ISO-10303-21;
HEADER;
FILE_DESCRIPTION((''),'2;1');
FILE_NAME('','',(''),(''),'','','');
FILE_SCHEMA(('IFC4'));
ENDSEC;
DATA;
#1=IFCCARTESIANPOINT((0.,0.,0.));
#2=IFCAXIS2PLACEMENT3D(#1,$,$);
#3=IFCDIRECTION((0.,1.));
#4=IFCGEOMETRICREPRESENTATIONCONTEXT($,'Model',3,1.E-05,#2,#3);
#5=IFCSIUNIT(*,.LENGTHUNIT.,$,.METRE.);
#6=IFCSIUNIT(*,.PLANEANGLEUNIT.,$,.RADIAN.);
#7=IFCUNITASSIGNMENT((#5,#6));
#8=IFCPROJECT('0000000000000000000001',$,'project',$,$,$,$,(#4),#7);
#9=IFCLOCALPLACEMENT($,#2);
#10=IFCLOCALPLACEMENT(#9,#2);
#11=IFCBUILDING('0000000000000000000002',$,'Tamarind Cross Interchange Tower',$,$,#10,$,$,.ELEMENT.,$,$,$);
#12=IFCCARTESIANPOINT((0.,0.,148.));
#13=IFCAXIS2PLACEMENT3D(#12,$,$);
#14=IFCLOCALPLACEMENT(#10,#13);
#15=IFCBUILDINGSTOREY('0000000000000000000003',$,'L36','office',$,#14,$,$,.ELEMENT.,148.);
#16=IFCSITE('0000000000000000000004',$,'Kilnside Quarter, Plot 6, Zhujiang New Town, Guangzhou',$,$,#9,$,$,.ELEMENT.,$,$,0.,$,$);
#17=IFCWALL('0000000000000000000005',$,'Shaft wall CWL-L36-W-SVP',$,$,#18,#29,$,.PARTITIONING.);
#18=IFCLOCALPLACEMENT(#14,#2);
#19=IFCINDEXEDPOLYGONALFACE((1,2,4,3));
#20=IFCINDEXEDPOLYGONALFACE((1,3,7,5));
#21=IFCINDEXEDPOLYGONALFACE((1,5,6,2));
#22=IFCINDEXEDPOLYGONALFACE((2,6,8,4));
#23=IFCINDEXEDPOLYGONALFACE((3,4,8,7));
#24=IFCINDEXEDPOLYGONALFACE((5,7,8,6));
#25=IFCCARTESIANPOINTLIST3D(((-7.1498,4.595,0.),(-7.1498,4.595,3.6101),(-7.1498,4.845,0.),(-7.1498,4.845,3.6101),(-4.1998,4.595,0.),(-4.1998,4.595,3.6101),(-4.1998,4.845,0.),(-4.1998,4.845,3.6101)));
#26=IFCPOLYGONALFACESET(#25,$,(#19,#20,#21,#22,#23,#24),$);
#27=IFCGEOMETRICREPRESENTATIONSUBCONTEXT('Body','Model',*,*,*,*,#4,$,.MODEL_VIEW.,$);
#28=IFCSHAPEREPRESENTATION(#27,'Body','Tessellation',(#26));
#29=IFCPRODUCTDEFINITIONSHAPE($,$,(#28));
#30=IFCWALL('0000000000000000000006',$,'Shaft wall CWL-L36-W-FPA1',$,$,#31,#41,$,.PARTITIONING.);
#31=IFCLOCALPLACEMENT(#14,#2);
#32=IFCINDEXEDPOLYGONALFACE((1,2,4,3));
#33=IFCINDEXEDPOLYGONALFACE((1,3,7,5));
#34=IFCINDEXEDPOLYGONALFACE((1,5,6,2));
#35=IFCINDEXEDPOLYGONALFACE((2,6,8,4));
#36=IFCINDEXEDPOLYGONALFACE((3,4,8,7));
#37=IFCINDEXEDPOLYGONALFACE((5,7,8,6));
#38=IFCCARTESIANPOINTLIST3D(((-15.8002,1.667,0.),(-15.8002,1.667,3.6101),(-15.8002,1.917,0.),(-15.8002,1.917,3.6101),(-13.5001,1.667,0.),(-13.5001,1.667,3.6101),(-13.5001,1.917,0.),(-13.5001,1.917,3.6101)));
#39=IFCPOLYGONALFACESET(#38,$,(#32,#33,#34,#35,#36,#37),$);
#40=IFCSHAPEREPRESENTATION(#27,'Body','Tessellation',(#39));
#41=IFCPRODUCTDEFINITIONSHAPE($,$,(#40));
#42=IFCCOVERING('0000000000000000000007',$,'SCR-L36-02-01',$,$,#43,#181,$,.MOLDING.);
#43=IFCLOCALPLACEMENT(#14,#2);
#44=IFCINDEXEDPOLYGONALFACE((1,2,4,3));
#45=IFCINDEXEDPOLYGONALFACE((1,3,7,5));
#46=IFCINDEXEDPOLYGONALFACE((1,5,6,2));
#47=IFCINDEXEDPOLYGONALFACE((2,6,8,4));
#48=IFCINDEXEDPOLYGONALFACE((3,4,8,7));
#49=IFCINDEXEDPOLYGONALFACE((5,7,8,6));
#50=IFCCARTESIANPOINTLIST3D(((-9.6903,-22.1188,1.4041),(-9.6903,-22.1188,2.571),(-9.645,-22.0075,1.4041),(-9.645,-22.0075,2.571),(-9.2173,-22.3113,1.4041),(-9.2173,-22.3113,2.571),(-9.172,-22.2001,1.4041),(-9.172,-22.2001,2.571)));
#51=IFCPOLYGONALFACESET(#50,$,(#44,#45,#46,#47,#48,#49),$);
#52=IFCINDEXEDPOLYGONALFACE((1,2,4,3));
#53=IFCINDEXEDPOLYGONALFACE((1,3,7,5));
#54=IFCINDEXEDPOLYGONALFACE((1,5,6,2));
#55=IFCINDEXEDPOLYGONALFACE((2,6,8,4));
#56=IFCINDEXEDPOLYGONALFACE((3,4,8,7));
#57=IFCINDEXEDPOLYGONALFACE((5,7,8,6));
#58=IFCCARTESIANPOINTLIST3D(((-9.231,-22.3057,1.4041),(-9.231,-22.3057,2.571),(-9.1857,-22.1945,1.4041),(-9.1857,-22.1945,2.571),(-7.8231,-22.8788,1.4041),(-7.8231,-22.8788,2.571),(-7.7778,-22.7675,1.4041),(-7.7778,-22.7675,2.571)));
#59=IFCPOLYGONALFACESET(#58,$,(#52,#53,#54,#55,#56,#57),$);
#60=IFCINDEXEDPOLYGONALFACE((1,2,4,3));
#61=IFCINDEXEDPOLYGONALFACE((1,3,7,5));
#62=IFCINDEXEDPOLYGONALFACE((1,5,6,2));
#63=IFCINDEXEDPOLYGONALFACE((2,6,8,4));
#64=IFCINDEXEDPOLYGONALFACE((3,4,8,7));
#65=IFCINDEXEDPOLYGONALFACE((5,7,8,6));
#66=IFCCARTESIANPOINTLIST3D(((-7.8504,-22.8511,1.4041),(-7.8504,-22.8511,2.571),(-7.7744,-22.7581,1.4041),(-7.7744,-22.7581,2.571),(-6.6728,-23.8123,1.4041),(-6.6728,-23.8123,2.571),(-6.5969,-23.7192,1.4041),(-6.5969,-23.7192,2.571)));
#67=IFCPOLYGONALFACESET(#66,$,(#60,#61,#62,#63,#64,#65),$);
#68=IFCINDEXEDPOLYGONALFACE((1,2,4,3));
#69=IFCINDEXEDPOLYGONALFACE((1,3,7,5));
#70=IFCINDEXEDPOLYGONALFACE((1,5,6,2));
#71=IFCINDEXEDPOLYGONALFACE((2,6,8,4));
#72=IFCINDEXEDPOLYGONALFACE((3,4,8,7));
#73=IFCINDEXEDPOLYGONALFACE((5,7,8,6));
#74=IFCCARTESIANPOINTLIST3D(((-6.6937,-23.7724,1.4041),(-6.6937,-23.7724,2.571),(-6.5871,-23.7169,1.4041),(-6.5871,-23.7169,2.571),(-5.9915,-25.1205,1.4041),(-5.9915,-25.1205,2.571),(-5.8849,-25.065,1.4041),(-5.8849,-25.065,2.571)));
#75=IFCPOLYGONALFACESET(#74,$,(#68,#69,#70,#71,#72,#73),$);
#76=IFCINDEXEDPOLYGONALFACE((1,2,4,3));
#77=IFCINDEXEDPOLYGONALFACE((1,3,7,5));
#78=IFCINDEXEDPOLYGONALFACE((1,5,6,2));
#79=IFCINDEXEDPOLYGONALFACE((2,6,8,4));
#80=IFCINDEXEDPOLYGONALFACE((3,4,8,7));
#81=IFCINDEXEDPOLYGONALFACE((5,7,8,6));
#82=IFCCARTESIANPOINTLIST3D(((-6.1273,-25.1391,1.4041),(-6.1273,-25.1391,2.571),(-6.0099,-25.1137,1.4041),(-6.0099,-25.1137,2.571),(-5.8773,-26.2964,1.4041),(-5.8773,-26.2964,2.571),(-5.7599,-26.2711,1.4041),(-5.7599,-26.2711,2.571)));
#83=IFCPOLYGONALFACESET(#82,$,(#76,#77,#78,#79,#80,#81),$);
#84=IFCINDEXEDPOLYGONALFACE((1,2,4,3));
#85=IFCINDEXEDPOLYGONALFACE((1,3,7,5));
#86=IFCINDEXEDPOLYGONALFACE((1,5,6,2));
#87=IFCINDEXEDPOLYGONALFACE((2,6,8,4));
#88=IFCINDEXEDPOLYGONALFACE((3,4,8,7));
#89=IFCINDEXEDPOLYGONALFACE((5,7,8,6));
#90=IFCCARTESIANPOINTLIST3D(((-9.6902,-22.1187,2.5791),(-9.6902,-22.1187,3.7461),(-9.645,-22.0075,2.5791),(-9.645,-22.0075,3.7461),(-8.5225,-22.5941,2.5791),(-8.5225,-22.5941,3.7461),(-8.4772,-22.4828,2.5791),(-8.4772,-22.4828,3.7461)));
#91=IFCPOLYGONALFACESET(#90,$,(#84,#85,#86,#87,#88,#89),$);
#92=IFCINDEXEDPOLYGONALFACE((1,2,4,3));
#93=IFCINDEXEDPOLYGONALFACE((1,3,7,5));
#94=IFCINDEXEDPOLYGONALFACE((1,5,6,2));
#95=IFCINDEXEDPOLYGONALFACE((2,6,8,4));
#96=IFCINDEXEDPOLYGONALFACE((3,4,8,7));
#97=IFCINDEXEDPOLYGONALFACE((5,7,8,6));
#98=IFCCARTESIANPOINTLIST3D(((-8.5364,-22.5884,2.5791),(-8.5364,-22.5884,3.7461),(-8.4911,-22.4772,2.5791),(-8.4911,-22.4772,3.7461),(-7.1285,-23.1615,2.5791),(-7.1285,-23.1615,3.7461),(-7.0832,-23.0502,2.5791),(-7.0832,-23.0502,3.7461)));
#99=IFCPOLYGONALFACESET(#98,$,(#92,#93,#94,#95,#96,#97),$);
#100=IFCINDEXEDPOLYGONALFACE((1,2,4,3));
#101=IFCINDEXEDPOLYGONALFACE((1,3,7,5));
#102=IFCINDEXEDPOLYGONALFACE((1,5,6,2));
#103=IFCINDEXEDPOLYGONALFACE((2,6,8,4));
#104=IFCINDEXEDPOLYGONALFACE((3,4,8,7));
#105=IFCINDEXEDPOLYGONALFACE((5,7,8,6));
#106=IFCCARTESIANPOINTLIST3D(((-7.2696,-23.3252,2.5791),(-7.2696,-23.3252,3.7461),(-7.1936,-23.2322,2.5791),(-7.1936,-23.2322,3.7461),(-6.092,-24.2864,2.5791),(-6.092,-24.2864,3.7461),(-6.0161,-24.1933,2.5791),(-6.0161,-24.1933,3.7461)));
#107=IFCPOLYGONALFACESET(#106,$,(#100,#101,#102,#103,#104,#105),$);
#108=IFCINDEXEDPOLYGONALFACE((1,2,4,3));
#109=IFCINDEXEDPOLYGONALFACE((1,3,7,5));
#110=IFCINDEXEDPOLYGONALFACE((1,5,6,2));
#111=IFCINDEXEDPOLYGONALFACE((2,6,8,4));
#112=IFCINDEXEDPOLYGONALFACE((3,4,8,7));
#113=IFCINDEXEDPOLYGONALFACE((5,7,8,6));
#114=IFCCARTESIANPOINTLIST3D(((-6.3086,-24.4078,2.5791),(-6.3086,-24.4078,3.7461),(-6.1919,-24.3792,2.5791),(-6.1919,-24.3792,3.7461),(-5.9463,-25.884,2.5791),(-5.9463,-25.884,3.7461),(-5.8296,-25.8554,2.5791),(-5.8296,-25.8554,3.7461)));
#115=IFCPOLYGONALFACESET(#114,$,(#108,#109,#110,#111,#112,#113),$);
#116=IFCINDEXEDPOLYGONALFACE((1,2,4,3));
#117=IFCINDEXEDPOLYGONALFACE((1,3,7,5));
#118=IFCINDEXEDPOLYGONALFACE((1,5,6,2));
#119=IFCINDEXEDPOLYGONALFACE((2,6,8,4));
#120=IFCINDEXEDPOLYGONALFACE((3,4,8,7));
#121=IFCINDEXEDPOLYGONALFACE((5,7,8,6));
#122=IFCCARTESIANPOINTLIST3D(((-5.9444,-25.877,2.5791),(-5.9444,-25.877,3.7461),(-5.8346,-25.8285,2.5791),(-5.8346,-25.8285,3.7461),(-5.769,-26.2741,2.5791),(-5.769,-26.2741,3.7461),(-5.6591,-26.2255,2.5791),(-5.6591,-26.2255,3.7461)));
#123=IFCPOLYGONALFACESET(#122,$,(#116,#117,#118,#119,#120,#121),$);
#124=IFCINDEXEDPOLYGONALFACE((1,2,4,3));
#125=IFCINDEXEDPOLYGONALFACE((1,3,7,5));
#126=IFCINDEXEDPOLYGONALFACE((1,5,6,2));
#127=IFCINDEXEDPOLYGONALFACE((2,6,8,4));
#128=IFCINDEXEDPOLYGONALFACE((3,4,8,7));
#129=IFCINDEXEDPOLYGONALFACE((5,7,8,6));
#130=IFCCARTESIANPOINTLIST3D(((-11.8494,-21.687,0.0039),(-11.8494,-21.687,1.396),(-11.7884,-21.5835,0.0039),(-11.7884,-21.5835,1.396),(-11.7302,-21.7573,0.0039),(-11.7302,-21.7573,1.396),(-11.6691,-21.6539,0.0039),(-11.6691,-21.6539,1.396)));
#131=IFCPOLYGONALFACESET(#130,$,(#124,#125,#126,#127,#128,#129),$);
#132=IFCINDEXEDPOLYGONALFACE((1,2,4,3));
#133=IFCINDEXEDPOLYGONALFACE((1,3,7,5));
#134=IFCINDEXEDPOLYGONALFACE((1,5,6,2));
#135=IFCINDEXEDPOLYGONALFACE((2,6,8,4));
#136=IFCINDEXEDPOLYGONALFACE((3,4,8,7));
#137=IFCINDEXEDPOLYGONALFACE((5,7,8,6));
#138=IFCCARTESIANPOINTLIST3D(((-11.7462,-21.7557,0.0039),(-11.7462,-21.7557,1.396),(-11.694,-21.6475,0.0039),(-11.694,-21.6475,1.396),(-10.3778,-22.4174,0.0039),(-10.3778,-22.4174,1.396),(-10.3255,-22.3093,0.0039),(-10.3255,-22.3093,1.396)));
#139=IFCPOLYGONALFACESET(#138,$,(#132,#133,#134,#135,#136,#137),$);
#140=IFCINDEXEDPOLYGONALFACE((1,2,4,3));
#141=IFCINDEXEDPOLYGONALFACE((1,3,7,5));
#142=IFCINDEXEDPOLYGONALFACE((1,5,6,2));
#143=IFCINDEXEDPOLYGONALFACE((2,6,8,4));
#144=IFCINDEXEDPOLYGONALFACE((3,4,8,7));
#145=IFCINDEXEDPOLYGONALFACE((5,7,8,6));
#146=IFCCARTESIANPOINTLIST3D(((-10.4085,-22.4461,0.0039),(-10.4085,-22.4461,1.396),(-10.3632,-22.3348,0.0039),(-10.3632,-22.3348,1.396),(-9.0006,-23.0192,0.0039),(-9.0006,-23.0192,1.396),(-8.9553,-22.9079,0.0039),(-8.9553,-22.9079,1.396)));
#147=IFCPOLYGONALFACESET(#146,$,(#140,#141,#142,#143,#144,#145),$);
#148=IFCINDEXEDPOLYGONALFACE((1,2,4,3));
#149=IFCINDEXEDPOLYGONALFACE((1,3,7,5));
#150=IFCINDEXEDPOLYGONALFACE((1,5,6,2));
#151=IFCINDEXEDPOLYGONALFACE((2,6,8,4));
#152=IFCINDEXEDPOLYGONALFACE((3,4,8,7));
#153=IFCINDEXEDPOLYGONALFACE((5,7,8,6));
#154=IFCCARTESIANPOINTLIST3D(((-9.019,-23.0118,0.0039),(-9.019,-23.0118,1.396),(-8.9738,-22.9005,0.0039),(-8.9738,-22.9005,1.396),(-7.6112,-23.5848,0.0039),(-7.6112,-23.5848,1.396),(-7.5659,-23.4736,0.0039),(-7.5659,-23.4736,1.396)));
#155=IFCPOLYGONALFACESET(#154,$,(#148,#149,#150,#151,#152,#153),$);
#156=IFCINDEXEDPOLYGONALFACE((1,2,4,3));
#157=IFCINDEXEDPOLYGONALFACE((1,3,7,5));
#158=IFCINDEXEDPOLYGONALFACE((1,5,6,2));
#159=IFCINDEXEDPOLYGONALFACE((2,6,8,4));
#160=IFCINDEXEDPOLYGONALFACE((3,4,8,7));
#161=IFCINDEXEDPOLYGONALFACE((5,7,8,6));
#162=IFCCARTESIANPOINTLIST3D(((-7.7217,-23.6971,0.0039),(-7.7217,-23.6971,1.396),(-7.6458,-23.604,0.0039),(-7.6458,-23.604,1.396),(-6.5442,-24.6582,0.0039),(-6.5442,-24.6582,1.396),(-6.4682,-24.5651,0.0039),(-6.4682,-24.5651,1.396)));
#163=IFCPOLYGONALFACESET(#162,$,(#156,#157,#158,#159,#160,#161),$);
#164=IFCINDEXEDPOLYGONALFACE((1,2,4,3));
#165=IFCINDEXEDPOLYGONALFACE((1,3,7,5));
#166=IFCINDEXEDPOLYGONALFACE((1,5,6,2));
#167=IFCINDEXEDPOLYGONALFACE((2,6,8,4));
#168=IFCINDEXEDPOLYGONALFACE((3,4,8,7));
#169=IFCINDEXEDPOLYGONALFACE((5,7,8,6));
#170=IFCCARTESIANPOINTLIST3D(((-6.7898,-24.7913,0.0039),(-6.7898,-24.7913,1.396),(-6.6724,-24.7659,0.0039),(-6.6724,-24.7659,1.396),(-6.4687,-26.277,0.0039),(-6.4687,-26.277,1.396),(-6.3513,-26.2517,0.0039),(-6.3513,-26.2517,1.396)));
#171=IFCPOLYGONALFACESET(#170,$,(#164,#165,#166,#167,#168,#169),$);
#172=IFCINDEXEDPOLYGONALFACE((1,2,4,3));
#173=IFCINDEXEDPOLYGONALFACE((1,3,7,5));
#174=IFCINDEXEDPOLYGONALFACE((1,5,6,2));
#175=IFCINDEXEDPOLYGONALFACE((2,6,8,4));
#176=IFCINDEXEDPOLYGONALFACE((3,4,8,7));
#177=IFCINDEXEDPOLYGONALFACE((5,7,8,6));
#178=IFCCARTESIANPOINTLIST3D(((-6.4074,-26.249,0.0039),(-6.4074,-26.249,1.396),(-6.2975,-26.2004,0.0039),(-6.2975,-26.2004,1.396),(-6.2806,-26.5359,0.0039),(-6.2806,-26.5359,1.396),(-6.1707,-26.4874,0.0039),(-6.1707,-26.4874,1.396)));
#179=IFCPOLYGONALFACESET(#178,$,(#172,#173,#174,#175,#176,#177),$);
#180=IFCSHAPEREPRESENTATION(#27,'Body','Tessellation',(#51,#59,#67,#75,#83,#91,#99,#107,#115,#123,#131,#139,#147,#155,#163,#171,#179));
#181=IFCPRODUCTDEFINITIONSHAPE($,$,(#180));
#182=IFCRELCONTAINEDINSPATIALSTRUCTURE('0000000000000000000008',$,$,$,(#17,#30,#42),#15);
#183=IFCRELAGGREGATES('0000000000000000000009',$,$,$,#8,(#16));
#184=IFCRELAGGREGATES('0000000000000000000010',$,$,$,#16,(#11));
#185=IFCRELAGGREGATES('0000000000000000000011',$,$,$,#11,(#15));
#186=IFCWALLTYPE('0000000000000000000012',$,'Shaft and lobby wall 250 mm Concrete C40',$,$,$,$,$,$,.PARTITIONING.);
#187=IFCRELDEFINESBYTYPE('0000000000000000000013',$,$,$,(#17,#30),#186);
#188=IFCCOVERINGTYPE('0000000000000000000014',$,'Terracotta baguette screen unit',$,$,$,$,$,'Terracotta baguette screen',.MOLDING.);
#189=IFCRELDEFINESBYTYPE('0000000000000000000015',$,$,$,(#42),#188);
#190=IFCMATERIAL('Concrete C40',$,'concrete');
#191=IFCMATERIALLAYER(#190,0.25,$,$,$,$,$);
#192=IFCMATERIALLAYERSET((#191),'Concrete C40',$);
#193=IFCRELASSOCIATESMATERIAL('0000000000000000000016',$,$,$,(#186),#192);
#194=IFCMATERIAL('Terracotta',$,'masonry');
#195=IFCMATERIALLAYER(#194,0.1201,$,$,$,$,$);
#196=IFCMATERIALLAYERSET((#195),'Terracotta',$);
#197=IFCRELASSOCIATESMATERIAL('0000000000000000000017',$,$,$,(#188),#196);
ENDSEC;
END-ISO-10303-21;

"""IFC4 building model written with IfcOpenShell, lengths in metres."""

from ifc_helpers import new_model, si_unit, direction, frame, frame_2d, origin, origin_2d, place, context, subcontext, project, spatial, rectangle, extrude, material, layer, layer_set, type_object, element, save


model = new_model("IFC4")

# Units and contexts
model_context = context("Model", 3, precision=1e-05, world=origin(), true_north=direction((0.0, 1.0)))
body_context = subcontext(model_context, "Body", "Model", "MODEL_VIEW")
ifc_project = project(units=[si_unit("LENGTHUNIT", "METRE"), si_unit("PLANEANGLEUNIT", "RADIAN")], contexts=[model_context])

# Site, building, storey
site_placement = place(None, origin())
site = spatial("IfcSite", under=ifc_project, at=site_placement, Name="Kilnside Quarter, Plot 6, Zhujiang New Town, Guangzhou", CompositionType="ELEMENT", RefElevation=0.0)
building_placement = place(site_placement, origin())
building = spatial("IfcBuilding", under=site, at=building_placement, Name="Tamarind Cross Interchange Tower", CompositionType="ELEMENT")
storey_placement = place(building_placement, frame((0.0, 0.0, 148.0)))
storey = spatial("IfcBuildingStorey", under=building, at=storey_placement, Name="L36", Description="office", CompositionType="ELEMENT", Elevation=148.0)

# Walls
ifc_material_1 = material(Name="Concrete C40", Category="concrete")
ifc_layer_1 = layer(ifc_material_1, 0.25)
ifc_layer_set_1 = layer_set([ifc_layer_1], Name="Concrete C40")
wall_type_1 = type_object("IfcWallType", Name="Shaft and lobby wall 250 mm Concrete C40", PredefinedType="PARTITIONING", material=ifc_layer_set_1)
wall_1_placement = place(storey_placement, frame((-7.1499, 4.72, 0.0), z_axis=(0.0, 0.0, 1.0), x_axis=(1.0, 0.0, 0.0)))
element("IfcWall", 1, at=wall_1_placement, inside=storey, type_object=wall_type_1, Name="Shaft wall CWL-L36-W-SVP", PredefinedType="PARTITIONING", context=body_context, shape_type="SweptSolid", body=[
    extrude(rectangle(XDim=2.95, YDim=0.25, at=frame_2d((1.4751, 0.0))), origin(), (0.0, 0.0, 1.0), 3.6101),
])
wall_2_placement = place(storey_placement, frame((-15.8, 1.792, 0.0), z_axis=(0.0, 0.0, 1.0), x_axis=(1.0, 0.0, 0.0)))
element("IfcWall", 2, at=wall_2_placement, inside=storey, type_object=wall_type_1, Name="Shaft wall CWL-L36-W-FPA1", PredefinedType="PARTITIONING", context=body_context, shape_type="SweptSolid", body=[
    extrude(rectangle(XDim=2.3, YDim=0.25, at=frame_2d((1.1499, 0.0))), origin(), (0.0, 0.0, 1.0), 3.6101),
])

# Covering
ifc_material_2 = material(Name="Terracotta", Category="masonry")
ifc_layer_2 = layer(ifc_material_2, 0.1201)
ifc_layer_set_2 = layer_set([ifc_layer_2], Name="Terracotta")
covering_type = type_object("IfcCoveringType", Name="Terracotta baguette screen unit", ElementType="Terracotta baguette screen", PredefinedType="MOLDING", material=ifc_layer_set_2)
covering_placement = place(storey_placement, origin())
element("IfcCovering", 3, at=covering_placement, inside=storey, type_object=covering_type, Name="SCR-L36-02-01", PredefinedType="MOLDING", context=body_context, shape_type="SweptSolid", body=[
    extrude(rectangle(XDim=0.5107, YDim=0.1201, at=origin_2d()), frame((-9.4312, -22.1594, 1.4041), z_axis=(0.0, 0.0, 1.0), x_axis=(0.926207, -0.377016, 0.0)), (0.0, 0.0, 1.0), 1.167),
    extrude(rectangle(XDim=1.52, YDim=0.1201, at=origin_2d()), frame((-8.5044, -22.5366, 1.4041), z_axis=(0.0, 0.0, 1.0), x_axis=(0.926207, -0.377016, 0.0)), (0.0, 0.0, 1.0), 1.167),
    extrude(rectangle(XDim=1.52, YDim=0.1201, at=origin_2d()), frame((-7.2236, -23.2852, 1.4041), z_axis=(0.0, 0.0, 1.0), x_axis=(0.77471, -0.632316, 0.0)), (0.0, 0.0, 1.0), 1.167),
    extrude(rectangle(XDim=1.52, YDim=0.1201, at=origin_2d()), frame((-6.2893, -24.4187, 1.4041), z_axis=(0.0, 0.0, 1.0), x_axis=(0.461967, -0.886897, 0.0)), (0.0, 0.0, 1.0), 1.167),
    extrude(rectangle(XDim=1.1841, YDim=0.1201, at=origin_2d()), frame((-5.9436, -25.7051, 1.4041), z_axis=(0.0, 0.0, 1.0), x_axis=(0.211203, -0.977442, 0.0)), (0.0, 0.0, 1.0), 1.167),
    extrude(rectangle(XDim=1.2607, YDim=0.1201, at=origin_2d()), frame((-9.0837, -22.3008, 2.5791), z_axis=(0.0, 0.0, 1.0), x_axis=(0.926207, -0.377016, 0.0)), (0.0, 0.0, 1.0), 1.167),
    extrude(rectangle(XDim=1.52, YDim=0.1201, at=origin_2d()), frame((-7.8098, -22.8193, 2.5791), z_axis=(0.0, 0.0, 1.0), x_axis=(0.926207, -0.377016, 0.0)), (0.0, 0.0, 1.0), 1.167),
    extrude(rectangle(XDim=1.52, YDim=0.1201, at=origin_2d()), frame((-6.6428, -23.7593, 2.5791), z_axis=(0.0, 0.0, 1.0), x_axis=(0.77471, -0.632316, 0.0)), (0.0, 0.0, 1.0), 1.167),
    extrude(rectangle(XDim=1.52, YDim=0.1201, at=origin_2d()), frame((-6.0691, -25.1316, 2.5791), z_axis=(0.0, 0.0, 1.0), x_axis=(0.238376, -0.971173, 0.0)), (0.0, 0.0, 1.0), 1.167),
    extrude(rectangle(XDim=0.4341, YDim=0.1201, at=origin_2d()), frame((-5.8018, -26.0513, 2.5791), z_axis=(0.0, 0.0, 1.0), x_axis=(0.404248, -0.914649, 0.0)), (0.0, 0.0, 1.0), 1.167),
    extrude(rectangle(XDim=0.1384, YDim=0.1201, at=origin_2d()), frame((-11.7593, -21.6704, 0.0039), z_axis=(0.0, 0.0, 1.0), x_axis=(0.861249, -0.508183, 0.0)), (0.0, 0.0, 1.0), 1.3921),
    extrude(rectangle(XDim=1.52, YDim=0.1201, at=origin_2d()), frame((-11.0359, -22.0325, 0.0039), z_axis=(0.0, 0.0, 1.0), x_axis=(0.900273, -0.435326, 0.0)), (0.0, 0.0, 1.0), 1.3921),
    extrude(rectangle(XDim=1.52, YDim=0.1201, at=origin_2d()), frame((-9.6819, -22.677, 0.0039), z_axis=(0.0, 0.0, 1.0), x_axis=(0.926207, -0.377016, 0.0)), (0.0, 0.0, 1.0), 1.3921),
    extrude(rectangle(XDim=1.52, YDim=0.1201, at=origin_2d()), frame((-8.2925, -23.2427, 0.0039), z_axis=(0.0, 0.0, 1.0), x_axis=(0.926207, -0.377016, 0.0)), (0.0, 0.0, 1.0), 1.3921),
    extrude(rectangle(XDim=1.52, YDim=0.1201, at=origin_2d()), frame((-7.095, -24.1311, 0.0039), z_axis=(0.0, 0.0, 1.0), x_axis=(0.77471, -0.632316, 0.0)), (0.0, 0.0, 1.0), 1.3921),
    extrude(rectangle(XDim=1.52, YDim=0.1201, at=origin_2d()), frame((-6.5706, -25.5215, 0.0039), z_axis=(0.0, 0.0, 1.0), x_axis=(0.211203, -0.977442, 0.0)), (0.0, 0.0, 1.0), 1.3921),
    extrude(rectangle(XDim=0.3137, YDim=0.1201, at=origin_2d()), frame((-6.2891, -26.3682, 0.0039), z_axis=(0.0, 0.0, 1.0), x_axis=(0.404248, -0.914649, 0.0)), (0.0, 0.0, 1.0), 1.3921),
])

save(model, "model.ifc")
